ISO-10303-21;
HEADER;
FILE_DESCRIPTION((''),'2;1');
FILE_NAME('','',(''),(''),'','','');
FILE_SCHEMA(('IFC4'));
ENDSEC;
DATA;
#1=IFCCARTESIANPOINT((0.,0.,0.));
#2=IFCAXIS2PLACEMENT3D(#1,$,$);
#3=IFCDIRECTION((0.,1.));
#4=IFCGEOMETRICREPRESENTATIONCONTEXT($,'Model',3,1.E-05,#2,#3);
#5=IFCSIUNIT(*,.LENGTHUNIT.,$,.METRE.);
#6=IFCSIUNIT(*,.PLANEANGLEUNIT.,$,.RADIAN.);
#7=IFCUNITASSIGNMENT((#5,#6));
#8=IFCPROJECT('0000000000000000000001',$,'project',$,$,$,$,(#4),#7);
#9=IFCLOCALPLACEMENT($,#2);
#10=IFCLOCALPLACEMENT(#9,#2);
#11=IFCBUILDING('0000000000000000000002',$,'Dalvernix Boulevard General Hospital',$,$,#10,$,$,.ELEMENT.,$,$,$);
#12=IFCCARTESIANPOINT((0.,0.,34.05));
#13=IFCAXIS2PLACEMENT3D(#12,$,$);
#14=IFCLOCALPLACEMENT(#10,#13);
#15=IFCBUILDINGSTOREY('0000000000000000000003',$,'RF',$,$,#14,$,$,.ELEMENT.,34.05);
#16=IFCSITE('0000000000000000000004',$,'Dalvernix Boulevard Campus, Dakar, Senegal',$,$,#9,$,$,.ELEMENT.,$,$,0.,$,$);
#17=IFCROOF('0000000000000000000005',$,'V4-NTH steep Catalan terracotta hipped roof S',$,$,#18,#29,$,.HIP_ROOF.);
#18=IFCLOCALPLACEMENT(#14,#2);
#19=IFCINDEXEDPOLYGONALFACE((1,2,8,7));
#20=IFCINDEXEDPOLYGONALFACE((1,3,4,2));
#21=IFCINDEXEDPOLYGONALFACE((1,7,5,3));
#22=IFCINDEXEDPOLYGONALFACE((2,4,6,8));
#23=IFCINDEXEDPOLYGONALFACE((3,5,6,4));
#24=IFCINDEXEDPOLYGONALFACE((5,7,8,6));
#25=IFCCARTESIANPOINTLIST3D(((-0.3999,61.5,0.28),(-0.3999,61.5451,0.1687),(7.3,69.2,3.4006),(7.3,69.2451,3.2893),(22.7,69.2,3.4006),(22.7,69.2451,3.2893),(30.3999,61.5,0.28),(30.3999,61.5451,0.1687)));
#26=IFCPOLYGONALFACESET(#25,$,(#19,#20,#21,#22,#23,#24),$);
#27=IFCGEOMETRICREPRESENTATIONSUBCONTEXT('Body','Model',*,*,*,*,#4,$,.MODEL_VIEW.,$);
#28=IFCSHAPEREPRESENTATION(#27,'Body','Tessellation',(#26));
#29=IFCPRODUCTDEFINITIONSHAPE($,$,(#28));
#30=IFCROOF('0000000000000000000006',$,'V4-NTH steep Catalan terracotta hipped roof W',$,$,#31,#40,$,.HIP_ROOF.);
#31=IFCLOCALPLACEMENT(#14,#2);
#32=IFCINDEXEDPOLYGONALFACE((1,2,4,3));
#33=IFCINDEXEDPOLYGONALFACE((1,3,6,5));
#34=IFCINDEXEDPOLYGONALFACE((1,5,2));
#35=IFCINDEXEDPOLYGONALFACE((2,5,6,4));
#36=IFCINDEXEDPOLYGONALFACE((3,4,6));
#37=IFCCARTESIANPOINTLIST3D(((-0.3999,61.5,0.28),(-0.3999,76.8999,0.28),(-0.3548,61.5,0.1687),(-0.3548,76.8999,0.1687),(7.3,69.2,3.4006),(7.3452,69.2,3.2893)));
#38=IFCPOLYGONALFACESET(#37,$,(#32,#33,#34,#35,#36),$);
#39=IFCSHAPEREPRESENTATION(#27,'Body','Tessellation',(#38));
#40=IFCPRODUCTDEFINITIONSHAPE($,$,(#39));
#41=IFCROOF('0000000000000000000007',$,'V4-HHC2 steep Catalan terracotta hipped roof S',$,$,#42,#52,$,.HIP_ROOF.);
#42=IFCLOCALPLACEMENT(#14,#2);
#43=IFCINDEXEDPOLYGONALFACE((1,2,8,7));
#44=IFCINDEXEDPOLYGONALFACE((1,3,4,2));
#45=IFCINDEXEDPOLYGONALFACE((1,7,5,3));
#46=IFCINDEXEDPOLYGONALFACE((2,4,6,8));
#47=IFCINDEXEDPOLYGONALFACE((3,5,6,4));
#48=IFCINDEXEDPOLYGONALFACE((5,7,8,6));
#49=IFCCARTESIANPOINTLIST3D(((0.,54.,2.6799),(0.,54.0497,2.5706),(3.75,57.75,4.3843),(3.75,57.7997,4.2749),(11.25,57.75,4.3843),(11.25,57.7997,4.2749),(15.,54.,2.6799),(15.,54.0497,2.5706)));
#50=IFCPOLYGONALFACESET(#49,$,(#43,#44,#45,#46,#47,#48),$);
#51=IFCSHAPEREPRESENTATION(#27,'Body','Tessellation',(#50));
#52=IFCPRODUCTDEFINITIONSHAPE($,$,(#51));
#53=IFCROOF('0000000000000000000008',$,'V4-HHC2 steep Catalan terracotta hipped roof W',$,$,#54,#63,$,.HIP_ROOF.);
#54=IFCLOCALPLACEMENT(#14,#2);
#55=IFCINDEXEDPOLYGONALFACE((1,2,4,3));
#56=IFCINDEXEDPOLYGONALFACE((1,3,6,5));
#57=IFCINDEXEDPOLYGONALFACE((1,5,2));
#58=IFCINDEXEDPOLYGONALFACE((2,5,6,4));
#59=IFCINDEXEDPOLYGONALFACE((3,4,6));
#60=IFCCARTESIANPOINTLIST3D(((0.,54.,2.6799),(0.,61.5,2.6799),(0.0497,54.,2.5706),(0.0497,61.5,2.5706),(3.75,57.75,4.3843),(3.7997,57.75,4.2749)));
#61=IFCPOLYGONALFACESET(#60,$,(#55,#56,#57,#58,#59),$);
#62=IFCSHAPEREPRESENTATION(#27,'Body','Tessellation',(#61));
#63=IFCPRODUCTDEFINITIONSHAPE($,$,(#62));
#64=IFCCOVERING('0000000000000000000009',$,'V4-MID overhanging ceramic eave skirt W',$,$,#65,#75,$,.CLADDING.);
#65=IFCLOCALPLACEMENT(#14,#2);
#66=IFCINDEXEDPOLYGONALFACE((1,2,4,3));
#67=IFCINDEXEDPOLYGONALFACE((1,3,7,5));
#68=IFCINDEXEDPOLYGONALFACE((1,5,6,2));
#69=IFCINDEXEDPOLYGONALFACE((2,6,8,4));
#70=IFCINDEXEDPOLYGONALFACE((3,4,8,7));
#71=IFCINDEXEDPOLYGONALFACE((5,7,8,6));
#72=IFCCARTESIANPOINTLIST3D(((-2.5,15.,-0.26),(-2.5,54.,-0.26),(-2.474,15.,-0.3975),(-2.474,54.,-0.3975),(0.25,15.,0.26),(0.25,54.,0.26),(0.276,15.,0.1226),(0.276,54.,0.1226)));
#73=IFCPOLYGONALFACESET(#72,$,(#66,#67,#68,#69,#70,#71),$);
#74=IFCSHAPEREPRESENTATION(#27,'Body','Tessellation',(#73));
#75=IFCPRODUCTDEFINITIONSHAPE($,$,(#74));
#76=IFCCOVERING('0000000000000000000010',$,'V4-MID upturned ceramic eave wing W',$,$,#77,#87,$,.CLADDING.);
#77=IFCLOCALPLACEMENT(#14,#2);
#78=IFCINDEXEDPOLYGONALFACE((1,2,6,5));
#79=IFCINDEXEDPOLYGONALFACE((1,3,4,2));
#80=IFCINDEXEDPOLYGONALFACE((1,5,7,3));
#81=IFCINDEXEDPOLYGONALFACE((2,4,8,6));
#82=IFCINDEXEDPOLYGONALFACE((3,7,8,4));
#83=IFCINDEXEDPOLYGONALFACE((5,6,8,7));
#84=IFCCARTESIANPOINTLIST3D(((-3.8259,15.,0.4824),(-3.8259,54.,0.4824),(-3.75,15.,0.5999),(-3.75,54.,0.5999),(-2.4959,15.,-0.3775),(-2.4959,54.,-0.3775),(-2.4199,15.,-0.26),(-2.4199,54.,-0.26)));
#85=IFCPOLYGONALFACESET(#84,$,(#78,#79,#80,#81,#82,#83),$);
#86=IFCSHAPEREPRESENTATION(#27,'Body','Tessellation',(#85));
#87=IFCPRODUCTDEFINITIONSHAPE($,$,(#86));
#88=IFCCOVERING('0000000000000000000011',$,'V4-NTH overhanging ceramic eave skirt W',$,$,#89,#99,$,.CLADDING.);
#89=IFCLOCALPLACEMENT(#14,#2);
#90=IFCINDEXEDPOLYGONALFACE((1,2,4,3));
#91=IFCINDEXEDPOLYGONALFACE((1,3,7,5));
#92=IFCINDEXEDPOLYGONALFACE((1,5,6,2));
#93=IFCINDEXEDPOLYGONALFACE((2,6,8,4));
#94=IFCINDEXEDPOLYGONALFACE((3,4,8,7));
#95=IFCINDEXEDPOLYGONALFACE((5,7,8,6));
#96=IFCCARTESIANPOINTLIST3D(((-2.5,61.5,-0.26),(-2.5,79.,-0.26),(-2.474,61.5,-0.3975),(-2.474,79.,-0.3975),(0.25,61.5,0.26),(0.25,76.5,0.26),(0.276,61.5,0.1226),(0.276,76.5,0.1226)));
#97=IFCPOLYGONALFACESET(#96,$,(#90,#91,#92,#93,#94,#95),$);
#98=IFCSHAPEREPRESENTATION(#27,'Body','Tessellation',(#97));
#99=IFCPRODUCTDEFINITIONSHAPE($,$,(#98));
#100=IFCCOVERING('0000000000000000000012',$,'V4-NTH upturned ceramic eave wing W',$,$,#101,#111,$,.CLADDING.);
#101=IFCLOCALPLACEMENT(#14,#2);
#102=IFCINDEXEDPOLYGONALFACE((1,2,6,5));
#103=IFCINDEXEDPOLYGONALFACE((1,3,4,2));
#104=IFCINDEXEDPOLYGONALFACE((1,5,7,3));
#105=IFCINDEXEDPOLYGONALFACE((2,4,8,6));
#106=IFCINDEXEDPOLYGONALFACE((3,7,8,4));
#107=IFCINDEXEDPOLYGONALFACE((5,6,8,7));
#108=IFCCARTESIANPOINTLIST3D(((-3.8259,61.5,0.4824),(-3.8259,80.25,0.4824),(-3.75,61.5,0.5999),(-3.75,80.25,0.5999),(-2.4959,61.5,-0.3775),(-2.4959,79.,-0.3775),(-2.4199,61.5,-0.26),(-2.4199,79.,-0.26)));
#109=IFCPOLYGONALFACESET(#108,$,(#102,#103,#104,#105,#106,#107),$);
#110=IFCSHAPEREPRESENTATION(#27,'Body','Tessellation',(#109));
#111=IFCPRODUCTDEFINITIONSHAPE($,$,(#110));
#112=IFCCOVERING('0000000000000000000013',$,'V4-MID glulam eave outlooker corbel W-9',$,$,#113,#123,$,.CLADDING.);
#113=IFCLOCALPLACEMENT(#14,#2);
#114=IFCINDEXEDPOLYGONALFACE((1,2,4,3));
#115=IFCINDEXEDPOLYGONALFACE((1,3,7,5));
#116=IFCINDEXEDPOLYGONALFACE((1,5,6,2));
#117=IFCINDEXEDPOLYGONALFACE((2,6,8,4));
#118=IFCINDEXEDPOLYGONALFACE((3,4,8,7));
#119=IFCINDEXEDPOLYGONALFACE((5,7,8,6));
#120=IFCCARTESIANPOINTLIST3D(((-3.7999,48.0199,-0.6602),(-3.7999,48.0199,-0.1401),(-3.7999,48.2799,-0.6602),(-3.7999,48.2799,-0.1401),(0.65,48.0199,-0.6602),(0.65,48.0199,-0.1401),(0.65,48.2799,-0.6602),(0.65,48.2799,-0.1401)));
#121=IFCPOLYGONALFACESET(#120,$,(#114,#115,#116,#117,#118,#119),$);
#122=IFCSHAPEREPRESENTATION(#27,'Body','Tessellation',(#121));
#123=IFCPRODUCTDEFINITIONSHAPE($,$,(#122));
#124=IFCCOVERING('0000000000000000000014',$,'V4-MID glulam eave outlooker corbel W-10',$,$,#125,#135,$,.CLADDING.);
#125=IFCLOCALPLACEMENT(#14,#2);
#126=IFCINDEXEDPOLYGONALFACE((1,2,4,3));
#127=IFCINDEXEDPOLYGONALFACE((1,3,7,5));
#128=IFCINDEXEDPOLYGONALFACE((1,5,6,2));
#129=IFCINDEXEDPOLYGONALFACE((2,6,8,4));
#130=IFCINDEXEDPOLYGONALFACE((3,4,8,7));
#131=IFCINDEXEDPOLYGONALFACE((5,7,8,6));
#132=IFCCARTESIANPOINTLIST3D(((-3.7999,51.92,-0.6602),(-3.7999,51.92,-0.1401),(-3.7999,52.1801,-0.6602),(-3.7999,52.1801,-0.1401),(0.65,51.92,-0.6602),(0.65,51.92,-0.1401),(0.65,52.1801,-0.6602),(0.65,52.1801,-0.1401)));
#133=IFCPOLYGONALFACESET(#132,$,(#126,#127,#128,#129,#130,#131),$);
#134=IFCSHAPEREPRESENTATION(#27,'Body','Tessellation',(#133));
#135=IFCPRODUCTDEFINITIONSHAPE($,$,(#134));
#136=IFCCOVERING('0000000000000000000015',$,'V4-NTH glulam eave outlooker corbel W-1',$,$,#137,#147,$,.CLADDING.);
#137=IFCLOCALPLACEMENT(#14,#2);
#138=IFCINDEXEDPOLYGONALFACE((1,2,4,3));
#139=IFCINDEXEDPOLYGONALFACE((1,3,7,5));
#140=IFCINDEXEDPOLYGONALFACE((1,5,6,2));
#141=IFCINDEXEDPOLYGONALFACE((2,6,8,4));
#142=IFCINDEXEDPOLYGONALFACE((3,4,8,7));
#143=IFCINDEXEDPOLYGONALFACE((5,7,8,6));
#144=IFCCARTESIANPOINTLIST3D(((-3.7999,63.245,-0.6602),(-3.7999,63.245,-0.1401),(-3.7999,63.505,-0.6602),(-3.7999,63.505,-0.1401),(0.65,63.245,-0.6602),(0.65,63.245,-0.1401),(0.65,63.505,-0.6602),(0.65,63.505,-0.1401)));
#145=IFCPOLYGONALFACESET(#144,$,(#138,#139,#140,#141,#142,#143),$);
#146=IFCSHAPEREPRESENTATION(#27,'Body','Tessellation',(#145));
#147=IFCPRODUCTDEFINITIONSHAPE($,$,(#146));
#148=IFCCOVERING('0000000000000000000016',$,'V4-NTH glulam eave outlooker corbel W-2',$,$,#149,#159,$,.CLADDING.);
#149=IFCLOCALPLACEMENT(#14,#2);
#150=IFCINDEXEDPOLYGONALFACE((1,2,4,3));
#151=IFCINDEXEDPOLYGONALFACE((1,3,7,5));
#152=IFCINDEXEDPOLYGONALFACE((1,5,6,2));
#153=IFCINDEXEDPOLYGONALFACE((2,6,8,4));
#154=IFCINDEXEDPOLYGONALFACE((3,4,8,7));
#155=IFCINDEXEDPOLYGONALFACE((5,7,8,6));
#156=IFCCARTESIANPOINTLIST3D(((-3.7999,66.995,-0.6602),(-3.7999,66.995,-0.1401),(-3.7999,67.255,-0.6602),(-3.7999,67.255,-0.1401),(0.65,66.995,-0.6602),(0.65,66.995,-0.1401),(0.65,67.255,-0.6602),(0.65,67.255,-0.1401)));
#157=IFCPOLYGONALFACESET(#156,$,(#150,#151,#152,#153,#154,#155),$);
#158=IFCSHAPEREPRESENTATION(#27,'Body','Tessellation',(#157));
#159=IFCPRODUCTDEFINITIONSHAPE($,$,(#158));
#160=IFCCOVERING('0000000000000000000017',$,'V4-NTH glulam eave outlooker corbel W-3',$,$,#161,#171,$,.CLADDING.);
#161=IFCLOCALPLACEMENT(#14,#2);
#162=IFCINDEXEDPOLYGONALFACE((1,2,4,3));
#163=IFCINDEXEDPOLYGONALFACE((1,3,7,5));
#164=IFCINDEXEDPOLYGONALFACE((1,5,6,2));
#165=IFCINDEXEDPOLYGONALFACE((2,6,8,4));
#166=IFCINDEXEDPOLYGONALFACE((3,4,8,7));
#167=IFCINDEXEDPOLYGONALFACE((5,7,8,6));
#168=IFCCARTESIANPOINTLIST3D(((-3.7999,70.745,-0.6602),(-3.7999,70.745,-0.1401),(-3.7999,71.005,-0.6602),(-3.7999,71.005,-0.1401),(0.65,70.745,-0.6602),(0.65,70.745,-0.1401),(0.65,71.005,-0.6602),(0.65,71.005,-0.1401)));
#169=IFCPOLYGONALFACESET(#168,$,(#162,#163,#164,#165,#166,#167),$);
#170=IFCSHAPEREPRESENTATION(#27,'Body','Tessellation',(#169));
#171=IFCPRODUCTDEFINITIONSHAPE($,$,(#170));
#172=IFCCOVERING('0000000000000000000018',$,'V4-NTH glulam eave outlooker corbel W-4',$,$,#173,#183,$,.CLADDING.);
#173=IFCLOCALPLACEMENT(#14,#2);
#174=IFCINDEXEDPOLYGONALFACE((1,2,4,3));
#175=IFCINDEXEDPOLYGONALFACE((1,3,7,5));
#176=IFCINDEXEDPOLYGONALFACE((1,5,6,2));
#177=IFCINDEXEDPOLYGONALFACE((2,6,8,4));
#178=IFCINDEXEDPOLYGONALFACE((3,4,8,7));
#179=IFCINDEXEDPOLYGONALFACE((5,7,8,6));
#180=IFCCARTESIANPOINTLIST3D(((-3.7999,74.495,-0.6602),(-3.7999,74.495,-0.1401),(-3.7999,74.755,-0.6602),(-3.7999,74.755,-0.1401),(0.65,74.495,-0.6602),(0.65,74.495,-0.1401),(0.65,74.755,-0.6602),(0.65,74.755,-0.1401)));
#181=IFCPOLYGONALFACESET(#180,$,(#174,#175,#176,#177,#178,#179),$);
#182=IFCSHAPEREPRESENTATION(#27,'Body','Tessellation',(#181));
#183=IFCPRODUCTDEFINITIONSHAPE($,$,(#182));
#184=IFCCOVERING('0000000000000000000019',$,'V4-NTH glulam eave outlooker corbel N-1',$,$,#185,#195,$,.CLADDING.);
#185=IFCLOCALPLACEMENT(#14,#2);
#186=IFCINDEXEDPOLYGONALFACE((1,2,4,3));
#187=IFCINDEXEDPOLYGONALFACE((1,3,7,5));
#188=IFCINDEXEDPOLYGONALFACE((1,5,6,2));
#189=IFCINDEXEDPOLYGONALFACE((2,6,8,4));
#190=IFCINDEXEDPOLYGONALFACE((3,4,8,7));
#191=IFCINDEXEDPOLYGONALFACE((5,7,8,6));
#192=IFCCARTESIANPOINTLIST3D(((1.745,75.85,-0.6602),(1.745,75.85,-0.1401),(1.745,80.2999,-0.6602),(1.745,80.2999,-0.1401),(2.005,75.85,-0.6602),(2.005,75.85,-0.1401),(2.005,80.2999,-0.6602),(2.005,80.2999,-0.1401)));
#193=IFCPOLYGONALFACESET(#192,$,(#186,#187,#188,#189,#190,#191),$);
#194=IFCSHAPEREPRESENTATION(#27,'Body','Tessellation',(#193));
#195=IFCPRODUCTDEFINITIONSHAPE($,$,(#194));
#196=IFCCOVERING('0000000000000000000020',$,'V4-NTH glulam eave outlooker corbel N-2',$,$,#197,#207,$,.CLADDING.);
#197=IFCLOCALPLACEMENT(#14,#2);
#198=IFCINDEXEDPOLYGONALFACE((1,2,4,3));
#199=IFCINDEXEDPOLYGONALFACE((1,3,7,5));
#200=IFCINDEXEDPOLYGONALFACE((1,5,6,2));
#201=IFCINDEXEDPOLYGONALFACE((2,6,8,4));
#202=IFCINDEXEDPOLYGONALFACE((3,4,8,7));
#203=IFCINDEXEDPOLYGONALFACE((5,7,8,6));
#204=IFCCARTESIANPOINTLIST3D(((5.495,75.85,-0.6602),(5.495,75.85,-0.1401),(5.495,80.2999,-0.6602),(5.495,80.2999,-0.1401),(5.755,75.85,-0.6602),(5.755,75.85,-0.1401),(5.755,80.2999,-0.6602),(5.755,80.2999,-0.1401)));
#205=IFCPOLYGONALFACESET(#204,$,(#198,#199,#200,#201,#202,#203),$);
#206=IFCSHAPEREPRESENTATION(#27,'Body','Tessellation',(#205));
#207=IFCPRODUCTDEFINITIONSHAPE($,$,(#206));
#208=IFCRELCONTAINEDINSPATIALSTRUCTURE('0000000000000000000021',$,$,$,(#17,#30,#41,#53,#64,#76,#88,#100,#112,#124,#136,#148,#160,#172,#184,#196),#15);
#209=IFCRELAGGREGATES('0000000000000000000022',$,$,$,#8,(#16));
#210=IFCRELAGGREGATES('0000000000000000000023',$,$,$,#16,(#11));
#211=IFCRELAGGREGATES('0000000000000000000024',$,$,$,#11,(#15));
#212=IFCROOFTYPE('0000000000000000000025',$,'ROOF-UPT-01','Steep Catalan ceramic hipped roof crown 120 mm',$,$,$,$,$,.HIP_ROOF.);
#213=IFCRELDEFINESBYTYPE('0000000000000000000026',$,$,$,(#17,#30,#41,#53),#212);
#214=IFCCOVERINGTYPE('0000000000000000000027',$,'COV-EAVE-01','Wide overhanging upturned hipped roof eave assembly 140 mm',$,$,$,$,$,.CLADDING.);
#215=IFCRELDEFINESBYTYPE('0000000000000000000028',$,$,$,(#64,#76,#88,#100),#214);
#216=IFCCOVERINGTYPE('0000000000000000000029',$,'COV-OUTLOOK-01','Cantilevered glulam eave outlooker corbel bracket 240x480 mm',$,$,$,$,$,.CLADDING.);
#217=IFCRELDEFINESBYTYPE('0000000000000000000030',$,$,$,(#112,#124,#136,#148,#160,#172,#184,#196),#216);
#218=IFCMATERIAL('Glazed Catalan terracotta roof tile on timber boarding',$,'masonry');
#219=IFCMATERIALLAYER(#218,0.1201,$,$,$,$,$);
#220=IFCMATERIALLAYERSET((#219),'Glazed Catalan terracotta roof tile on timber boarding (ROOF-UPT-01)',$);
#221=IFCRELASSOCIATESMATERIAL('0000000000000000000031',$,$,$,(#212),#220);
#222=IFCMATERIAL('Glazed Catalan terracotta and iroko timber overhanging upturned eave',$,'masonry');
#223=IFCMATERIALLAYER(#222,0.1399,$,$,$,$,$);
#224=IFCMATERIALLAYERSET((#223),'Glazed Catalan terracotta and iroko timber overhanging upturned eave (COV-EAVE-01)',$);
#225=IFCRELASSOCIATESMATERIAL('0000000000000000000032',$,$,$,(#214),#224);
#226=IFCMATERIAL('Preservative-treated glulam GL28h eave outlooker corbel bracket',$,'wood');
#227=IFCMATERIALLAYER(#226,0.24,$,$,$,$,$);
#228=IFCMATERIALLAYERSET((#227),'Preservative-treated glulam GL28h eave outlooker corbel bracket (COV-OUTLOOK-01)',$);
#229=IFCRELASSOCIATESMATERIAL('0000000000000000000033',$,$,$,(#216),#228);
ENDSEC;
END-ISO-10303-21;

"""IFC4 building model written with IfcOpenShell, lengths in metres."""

from ifc_helpers import new_model, si_unit, direction, frame, origin, origin_2d, place, context, subcontext, project, spatial, polyline, rectangle, outline, extrude, material, layer, layer_set, type_object, element, save


model = new_model("IFC4")

# Units and contexts
model_context = context("Model", 3, precision=1e-05, world=origin(), true_north=direction((0.0, 1.0)))
body_context = subcontext(model_context, "Body", "Model", "MODEL_VIEW")
ifc_project = project(units=[si_unit("LENGTHUNIT", "METRE"), si_unit("PLANEANGLEUNIT", "RADIAN")], contexts=[model_context])

# Site, building, storey
site_placement = place(None, origin())
site = spatial("IfcSite", under=ifc_project, at=site_placement, Name="Dalvernix Boulevard Campus, Dakar, Senegal", CompositionType="ELEMENT", RefElevation=0.0)
building_placement = place(site_placement, origin())
building = spatial("IfcBuilding", under=site, at=building_placement, Name="Dalvernix Boulevard General Hospital", CompositionType="ELEMENT")
storey_placement = place(building_placement, frame((0.0, 0.0, 34.05)))
storey = spatial("IfcBuildingStorey", under=building, at=storey_placement, Name="RF", CompositionType="ELEMENT", Elevation=34.05)

# Roofs
ifc_material_1 = material(Name="Glazed Catalan terracotta roof tile on timber boarding", Category="masonry")
ifc_layer_1 = layer(ifc_material_1, 0.1201)
ifc_layer_set_1 = layer_set([ifc_layer_1], Name="Glazed Catalan terracotta roof tile on timber boarding (ROOF-UPT-01)")
roof_type_1 = type_object("IfcRoofType", Name="ROOF-UPT-01", Description="Steep Catalan ceramic hipped roof crown 120 mm", PredefinedType="HIP_ROOF", material=ifc_layer_set_1)
roof_1_placement = place(storey_placement, frame((-0.3999, 61.5, 0.28), z_axis=(0.0, -0.375602, 0.926781), x_axis=(1.0, 0.0, 0.0)))
element("IfcRoof", 1, at=roof_1_placement, inside=storey, type_object=roof_type_1, Name="V4-NTH steep Catalan terracotta hipped roof S", PredefinedType="HIP_ROOF", context=body_context, shape_type="SweptSolid", body=[
    extrude(outline(polyline([(0.0, 0.0), (30.7998, 0.0), (23.0999, 8.3083), (7.7, 8.3083), (0.0, 0.0)])), origin(), (0.0, 0.0, -1.0), 0.1201),
])
roof_2_placement = place(storey_placement, frame((-0.3999, 76.8999, 0.28), z_axis=(-0.375602, 0.0, 0.926781), x_axis=(0.0, -1.0, 0.0)))
element("IfcRoof", 2, at=roof_2_placement, inside=storey, type_object=roof_type_1, Name="V4-NTH steep Catalan terracotta hipped roof W", PredefinedType="HIP_ROOF", context=body_context, shape_type="SweptSolid", body=[
    extrude(outline(polyline([(0.0, 0.0), (15.3999, 0.0), (7.7, 8.3083), (0.0, 0.0)])), origin(), (0.0, 0.0, -1.0), 0.1201),
])
roof_3_placement = place(storey_placement, frame((0.0, 54.0, 2.6799), z_axis=(0.0, -0.413763, 0.910385), x_axis=(1.0, 0.0, 0.0)))
element("IfcRoof", 3, at=roof_3_placement, inside=storey, type_object=roof_type_1, Name="V4-HHC2 steep Catalan terracotta hipped roof S", PredefinedType="HIP_ROOF", context=body_context, shape_type="SweptSolid", body=[
    extrude(outline(polyline([(0.0, 0.0), (15.0, 0.0), (11.25, 4.1191), (3.75, 4.1191), (0.0, 0.0)])), origin(), (0.0, 0.0, -1.0), 0.1201),
])
roof_4_placement = place(storey_placement, frame((0.0, 61.5, 2.6799), z_axis=(-0.413763, 0.0, 0.910385), x_axis=(0.0, -1.0, 0.0)))
element("IfcRoof", 4, at=roof_4_placement, inside=storey, type_object=roof_type_1, Name="V4-HHC2 steep Catalan terracotta hipped roof W", PredefinedType="HIP_ROOF", context=body_context, shape_type="SweptSolid", body=[
    extrude(outline(polyline([(0.0, 0.0), (7.5, 0.0), (3.75, 4.1191), (0.0, 0.0)])), origin(), (0.0, 0.0, -1.0), 0.1201),
])

# Coverings
ifc_material_2 = material(Name="Glazed Catalan terracotta and iroko timber overhanging upturned eave", Category="masonry")
ifc_layer_2 = layer(ifc_material_2, 0.1399)
ifc_layer_set_2 = layer_set([ifc_layer_2], Name="Glazed Catalan terracotta and iroko timber overhanging upturned eave (COV-EAVE-01)")
covering_type_1 = type_object("IfcCoveringType", Name="COV-EAVE-01", Description="Wide overhanging upturned hipped roof eave assembly 140 mm", PredefinedType="CLADDING", material=ifc_layer_set_2)
covering_1_placement = place(storey_placement, frame((0.25, 54.0, 0.26), z_axis=(-0.185805, 0.0, 0.982587), x_axis=(0.0, -1.0, 0.0)))
element("IfcCovering", 5, at=covering_1_placement, inside=storey, type_object=covering_type_1, Name="V4-MID overhanging ceramic eave skirt W", PredefinedType="CLADDING", context=body_context, shape_type="SweptSolid", body=[
    extrude(outline(polyline([(0.0, 0.0), (39.0, 0.0), (39.0, -2.7987), (0.0, -2.7987), (0.0, 0.0)])), origin(), (0.0, 0.0, -1.0), 0.1399),
])
covering_2_placement = place(storey_placement, frame((-2.4199, 54.0, -0.26), z_axis=(0.542906, 0.0, 0.839793), x_axis=(0.0, -1.0, 0.0)))
element("IfcCovering", 6, at=covering_2_placement, inside=storey, type_object=covering_type_1, Name="V4-MID upturned ceramic eave wing W", PredefinedType="CLADDING", context=body_context, shape_type="SweptSolid", body=[
    extrude(outline(polyline([(0.0, 0.0), (39.0, 0.0), (39.0, -1.5838), (0.0, -1.5838), (0.0, 0.0)])), origin(), (0.0, 0.0, -1.0), 0.1399),
])
covering_3_placement = place(storey_placement, frame((0.25, 76.5, 0.26), z_axis=(-0.185805, 0.0, 0.982587), x_axis=(0.0, -1.0, 0.0)))
element("IfcCovering", 7, at=covering_3_placement, inside=storey, type_object=covering_type_1, Name="V4-NTH overhanging ceramic eave skirt W", PredefinedType="CLADDING", context=body_context, shape_type="SweptSolid", body=[
    extrude(outline(polyline([(0.0, 0.0), (15.0, 0.0), (15.0, -2.7987), (-2.5, -2.7987), (0.0, 0.0)])), origin(), (0.0, 0.0, -1.0), 0.1399),
])
covering_4_placement = place(storey_placement, frame((-2.4199, 79.0, -0.26), z_axis=(0.542906, 0.0, 0.839793), x_axis=(0.0, -1.0, 0.0)))
element("IfcCovering", 8, at=covering_4_placement, inside=storey, type_object=covering_type_1, Name="V4-NTH upturned ceramic eave wing W", PredefinedType="CLADDING", context=body_context, shape_type="SweptSolid", body=[
    extrude(outline(polyline([(0.0, 0.0), (17.5, 0.0), (17.5, -1.5838), (-1.25, -1.5838), (0.0, 0.0)])), origin(), (0.0, 0.0, -1.0), 0.1399),
])
ifc_material_3 = material(Name="Preservative-treated glulam GL28h eave outlooker corbel bracket", Category="wood")
ifc_layer_3 = layer(ifc_material_3, 0.24)
ifc_layer_set_3 = layer_set([ifc_layer_3], Name="Preservative-treated glulam GL28h eave outlooker corbel bracket (COV-OUTLOOK-01)")
covering_type_2 = type_object("IfcCoveringType", Name="COV-OUTLOOK-01", Description="Cantilevered glulam eave outlooker corbel bracket 240x480 mm", PredefinedType="CLADDING", material=ifc_layer_set_3)
for number, where, z_axis, x_axis, name in (
    (9, (-1.575, 48.1499, -0.6602), (0.0, 0.0, 1.0), (1.0, 0.0, 0.0), "V4-MID glulam eave outlooker corbel W-9"),
    (10, (-1.575, 52.05, -0.6602), (0.0, 0.0, 1.0), (1.0, 0.0, 0.0), "V4-MID glulam eave outlooker corbel W-10"),
    (11, (-1.575, 63.375, -0.6602), (0.0, 0.0, 1.0), (1.0, 0.0, 0.0), "V4-NTH glulam eave outlooker corbel W-1"),
    (12, (-1.575, 67.125, -0.6602), (0.0, 0.0, 1.0), (1.0, 0.0, 0.0), "V4-NTH glulam eave outlooker corbel W-2"),
    (13, (-1.575, 70.875, -0.6602), (0.0, 0.0, 1.0), (1.0, 0.0, 0.0), "V4-NTH glulam eave outlooker corbel W-3"),
    (14, (-1.575, 74.625, -0.6602), (0.0, 0.0, 1.0), (1.0, 0.0, 0.0), "V4-NTH glulam eave outlooker corbel W-4"),
):
    element("IfcCovering", number, at=place(storey_placement, frame(where, z_axis=z_axis, x_axis=x_axis)), inside=storey, type_object=covering_type_2, Name=name, PredefinedType="CLADDING", context=body_context, shape_type="SweptSolid", body=[
        extrude(rectangle(XDim=4.45, YDim=0.26, at=origin_2d()), origin(), (0.0, 0.0, 1.0), 0.52),
    ])
for number, where, z_axis, x_axis, name in (
    (15, (1.875, 78.075, -0.6602), (0.0, 0.0, 1.0), (1.0, 0.0, 0.0), "V4-NTH glulam eave outlooker corbel N-1"),
    (16, (5.625, 78.075, -0.6602), (0.0, 0.0, 1.0), (1.0, 0.0, 0.0), "V4-NTH glulam eave outlooker corbel N-2"),
):
    element("IfcCovering", number, at=place(storey_placement, frame(where, z_axis=z_axis, x_axis=x_axis)), inside=storey, type_object=covering_type_2, Name=name, PredefinedType="CLADDING", context=body_context, shape_type="SweptSolid", body=[
        extrude(rectangle(XDim=0.26, YDim=4.45, at=origin_2d()), origin(), (0.0, 0.0, 1.0), 0.52),
    ])

save(model, "model.ifc")
